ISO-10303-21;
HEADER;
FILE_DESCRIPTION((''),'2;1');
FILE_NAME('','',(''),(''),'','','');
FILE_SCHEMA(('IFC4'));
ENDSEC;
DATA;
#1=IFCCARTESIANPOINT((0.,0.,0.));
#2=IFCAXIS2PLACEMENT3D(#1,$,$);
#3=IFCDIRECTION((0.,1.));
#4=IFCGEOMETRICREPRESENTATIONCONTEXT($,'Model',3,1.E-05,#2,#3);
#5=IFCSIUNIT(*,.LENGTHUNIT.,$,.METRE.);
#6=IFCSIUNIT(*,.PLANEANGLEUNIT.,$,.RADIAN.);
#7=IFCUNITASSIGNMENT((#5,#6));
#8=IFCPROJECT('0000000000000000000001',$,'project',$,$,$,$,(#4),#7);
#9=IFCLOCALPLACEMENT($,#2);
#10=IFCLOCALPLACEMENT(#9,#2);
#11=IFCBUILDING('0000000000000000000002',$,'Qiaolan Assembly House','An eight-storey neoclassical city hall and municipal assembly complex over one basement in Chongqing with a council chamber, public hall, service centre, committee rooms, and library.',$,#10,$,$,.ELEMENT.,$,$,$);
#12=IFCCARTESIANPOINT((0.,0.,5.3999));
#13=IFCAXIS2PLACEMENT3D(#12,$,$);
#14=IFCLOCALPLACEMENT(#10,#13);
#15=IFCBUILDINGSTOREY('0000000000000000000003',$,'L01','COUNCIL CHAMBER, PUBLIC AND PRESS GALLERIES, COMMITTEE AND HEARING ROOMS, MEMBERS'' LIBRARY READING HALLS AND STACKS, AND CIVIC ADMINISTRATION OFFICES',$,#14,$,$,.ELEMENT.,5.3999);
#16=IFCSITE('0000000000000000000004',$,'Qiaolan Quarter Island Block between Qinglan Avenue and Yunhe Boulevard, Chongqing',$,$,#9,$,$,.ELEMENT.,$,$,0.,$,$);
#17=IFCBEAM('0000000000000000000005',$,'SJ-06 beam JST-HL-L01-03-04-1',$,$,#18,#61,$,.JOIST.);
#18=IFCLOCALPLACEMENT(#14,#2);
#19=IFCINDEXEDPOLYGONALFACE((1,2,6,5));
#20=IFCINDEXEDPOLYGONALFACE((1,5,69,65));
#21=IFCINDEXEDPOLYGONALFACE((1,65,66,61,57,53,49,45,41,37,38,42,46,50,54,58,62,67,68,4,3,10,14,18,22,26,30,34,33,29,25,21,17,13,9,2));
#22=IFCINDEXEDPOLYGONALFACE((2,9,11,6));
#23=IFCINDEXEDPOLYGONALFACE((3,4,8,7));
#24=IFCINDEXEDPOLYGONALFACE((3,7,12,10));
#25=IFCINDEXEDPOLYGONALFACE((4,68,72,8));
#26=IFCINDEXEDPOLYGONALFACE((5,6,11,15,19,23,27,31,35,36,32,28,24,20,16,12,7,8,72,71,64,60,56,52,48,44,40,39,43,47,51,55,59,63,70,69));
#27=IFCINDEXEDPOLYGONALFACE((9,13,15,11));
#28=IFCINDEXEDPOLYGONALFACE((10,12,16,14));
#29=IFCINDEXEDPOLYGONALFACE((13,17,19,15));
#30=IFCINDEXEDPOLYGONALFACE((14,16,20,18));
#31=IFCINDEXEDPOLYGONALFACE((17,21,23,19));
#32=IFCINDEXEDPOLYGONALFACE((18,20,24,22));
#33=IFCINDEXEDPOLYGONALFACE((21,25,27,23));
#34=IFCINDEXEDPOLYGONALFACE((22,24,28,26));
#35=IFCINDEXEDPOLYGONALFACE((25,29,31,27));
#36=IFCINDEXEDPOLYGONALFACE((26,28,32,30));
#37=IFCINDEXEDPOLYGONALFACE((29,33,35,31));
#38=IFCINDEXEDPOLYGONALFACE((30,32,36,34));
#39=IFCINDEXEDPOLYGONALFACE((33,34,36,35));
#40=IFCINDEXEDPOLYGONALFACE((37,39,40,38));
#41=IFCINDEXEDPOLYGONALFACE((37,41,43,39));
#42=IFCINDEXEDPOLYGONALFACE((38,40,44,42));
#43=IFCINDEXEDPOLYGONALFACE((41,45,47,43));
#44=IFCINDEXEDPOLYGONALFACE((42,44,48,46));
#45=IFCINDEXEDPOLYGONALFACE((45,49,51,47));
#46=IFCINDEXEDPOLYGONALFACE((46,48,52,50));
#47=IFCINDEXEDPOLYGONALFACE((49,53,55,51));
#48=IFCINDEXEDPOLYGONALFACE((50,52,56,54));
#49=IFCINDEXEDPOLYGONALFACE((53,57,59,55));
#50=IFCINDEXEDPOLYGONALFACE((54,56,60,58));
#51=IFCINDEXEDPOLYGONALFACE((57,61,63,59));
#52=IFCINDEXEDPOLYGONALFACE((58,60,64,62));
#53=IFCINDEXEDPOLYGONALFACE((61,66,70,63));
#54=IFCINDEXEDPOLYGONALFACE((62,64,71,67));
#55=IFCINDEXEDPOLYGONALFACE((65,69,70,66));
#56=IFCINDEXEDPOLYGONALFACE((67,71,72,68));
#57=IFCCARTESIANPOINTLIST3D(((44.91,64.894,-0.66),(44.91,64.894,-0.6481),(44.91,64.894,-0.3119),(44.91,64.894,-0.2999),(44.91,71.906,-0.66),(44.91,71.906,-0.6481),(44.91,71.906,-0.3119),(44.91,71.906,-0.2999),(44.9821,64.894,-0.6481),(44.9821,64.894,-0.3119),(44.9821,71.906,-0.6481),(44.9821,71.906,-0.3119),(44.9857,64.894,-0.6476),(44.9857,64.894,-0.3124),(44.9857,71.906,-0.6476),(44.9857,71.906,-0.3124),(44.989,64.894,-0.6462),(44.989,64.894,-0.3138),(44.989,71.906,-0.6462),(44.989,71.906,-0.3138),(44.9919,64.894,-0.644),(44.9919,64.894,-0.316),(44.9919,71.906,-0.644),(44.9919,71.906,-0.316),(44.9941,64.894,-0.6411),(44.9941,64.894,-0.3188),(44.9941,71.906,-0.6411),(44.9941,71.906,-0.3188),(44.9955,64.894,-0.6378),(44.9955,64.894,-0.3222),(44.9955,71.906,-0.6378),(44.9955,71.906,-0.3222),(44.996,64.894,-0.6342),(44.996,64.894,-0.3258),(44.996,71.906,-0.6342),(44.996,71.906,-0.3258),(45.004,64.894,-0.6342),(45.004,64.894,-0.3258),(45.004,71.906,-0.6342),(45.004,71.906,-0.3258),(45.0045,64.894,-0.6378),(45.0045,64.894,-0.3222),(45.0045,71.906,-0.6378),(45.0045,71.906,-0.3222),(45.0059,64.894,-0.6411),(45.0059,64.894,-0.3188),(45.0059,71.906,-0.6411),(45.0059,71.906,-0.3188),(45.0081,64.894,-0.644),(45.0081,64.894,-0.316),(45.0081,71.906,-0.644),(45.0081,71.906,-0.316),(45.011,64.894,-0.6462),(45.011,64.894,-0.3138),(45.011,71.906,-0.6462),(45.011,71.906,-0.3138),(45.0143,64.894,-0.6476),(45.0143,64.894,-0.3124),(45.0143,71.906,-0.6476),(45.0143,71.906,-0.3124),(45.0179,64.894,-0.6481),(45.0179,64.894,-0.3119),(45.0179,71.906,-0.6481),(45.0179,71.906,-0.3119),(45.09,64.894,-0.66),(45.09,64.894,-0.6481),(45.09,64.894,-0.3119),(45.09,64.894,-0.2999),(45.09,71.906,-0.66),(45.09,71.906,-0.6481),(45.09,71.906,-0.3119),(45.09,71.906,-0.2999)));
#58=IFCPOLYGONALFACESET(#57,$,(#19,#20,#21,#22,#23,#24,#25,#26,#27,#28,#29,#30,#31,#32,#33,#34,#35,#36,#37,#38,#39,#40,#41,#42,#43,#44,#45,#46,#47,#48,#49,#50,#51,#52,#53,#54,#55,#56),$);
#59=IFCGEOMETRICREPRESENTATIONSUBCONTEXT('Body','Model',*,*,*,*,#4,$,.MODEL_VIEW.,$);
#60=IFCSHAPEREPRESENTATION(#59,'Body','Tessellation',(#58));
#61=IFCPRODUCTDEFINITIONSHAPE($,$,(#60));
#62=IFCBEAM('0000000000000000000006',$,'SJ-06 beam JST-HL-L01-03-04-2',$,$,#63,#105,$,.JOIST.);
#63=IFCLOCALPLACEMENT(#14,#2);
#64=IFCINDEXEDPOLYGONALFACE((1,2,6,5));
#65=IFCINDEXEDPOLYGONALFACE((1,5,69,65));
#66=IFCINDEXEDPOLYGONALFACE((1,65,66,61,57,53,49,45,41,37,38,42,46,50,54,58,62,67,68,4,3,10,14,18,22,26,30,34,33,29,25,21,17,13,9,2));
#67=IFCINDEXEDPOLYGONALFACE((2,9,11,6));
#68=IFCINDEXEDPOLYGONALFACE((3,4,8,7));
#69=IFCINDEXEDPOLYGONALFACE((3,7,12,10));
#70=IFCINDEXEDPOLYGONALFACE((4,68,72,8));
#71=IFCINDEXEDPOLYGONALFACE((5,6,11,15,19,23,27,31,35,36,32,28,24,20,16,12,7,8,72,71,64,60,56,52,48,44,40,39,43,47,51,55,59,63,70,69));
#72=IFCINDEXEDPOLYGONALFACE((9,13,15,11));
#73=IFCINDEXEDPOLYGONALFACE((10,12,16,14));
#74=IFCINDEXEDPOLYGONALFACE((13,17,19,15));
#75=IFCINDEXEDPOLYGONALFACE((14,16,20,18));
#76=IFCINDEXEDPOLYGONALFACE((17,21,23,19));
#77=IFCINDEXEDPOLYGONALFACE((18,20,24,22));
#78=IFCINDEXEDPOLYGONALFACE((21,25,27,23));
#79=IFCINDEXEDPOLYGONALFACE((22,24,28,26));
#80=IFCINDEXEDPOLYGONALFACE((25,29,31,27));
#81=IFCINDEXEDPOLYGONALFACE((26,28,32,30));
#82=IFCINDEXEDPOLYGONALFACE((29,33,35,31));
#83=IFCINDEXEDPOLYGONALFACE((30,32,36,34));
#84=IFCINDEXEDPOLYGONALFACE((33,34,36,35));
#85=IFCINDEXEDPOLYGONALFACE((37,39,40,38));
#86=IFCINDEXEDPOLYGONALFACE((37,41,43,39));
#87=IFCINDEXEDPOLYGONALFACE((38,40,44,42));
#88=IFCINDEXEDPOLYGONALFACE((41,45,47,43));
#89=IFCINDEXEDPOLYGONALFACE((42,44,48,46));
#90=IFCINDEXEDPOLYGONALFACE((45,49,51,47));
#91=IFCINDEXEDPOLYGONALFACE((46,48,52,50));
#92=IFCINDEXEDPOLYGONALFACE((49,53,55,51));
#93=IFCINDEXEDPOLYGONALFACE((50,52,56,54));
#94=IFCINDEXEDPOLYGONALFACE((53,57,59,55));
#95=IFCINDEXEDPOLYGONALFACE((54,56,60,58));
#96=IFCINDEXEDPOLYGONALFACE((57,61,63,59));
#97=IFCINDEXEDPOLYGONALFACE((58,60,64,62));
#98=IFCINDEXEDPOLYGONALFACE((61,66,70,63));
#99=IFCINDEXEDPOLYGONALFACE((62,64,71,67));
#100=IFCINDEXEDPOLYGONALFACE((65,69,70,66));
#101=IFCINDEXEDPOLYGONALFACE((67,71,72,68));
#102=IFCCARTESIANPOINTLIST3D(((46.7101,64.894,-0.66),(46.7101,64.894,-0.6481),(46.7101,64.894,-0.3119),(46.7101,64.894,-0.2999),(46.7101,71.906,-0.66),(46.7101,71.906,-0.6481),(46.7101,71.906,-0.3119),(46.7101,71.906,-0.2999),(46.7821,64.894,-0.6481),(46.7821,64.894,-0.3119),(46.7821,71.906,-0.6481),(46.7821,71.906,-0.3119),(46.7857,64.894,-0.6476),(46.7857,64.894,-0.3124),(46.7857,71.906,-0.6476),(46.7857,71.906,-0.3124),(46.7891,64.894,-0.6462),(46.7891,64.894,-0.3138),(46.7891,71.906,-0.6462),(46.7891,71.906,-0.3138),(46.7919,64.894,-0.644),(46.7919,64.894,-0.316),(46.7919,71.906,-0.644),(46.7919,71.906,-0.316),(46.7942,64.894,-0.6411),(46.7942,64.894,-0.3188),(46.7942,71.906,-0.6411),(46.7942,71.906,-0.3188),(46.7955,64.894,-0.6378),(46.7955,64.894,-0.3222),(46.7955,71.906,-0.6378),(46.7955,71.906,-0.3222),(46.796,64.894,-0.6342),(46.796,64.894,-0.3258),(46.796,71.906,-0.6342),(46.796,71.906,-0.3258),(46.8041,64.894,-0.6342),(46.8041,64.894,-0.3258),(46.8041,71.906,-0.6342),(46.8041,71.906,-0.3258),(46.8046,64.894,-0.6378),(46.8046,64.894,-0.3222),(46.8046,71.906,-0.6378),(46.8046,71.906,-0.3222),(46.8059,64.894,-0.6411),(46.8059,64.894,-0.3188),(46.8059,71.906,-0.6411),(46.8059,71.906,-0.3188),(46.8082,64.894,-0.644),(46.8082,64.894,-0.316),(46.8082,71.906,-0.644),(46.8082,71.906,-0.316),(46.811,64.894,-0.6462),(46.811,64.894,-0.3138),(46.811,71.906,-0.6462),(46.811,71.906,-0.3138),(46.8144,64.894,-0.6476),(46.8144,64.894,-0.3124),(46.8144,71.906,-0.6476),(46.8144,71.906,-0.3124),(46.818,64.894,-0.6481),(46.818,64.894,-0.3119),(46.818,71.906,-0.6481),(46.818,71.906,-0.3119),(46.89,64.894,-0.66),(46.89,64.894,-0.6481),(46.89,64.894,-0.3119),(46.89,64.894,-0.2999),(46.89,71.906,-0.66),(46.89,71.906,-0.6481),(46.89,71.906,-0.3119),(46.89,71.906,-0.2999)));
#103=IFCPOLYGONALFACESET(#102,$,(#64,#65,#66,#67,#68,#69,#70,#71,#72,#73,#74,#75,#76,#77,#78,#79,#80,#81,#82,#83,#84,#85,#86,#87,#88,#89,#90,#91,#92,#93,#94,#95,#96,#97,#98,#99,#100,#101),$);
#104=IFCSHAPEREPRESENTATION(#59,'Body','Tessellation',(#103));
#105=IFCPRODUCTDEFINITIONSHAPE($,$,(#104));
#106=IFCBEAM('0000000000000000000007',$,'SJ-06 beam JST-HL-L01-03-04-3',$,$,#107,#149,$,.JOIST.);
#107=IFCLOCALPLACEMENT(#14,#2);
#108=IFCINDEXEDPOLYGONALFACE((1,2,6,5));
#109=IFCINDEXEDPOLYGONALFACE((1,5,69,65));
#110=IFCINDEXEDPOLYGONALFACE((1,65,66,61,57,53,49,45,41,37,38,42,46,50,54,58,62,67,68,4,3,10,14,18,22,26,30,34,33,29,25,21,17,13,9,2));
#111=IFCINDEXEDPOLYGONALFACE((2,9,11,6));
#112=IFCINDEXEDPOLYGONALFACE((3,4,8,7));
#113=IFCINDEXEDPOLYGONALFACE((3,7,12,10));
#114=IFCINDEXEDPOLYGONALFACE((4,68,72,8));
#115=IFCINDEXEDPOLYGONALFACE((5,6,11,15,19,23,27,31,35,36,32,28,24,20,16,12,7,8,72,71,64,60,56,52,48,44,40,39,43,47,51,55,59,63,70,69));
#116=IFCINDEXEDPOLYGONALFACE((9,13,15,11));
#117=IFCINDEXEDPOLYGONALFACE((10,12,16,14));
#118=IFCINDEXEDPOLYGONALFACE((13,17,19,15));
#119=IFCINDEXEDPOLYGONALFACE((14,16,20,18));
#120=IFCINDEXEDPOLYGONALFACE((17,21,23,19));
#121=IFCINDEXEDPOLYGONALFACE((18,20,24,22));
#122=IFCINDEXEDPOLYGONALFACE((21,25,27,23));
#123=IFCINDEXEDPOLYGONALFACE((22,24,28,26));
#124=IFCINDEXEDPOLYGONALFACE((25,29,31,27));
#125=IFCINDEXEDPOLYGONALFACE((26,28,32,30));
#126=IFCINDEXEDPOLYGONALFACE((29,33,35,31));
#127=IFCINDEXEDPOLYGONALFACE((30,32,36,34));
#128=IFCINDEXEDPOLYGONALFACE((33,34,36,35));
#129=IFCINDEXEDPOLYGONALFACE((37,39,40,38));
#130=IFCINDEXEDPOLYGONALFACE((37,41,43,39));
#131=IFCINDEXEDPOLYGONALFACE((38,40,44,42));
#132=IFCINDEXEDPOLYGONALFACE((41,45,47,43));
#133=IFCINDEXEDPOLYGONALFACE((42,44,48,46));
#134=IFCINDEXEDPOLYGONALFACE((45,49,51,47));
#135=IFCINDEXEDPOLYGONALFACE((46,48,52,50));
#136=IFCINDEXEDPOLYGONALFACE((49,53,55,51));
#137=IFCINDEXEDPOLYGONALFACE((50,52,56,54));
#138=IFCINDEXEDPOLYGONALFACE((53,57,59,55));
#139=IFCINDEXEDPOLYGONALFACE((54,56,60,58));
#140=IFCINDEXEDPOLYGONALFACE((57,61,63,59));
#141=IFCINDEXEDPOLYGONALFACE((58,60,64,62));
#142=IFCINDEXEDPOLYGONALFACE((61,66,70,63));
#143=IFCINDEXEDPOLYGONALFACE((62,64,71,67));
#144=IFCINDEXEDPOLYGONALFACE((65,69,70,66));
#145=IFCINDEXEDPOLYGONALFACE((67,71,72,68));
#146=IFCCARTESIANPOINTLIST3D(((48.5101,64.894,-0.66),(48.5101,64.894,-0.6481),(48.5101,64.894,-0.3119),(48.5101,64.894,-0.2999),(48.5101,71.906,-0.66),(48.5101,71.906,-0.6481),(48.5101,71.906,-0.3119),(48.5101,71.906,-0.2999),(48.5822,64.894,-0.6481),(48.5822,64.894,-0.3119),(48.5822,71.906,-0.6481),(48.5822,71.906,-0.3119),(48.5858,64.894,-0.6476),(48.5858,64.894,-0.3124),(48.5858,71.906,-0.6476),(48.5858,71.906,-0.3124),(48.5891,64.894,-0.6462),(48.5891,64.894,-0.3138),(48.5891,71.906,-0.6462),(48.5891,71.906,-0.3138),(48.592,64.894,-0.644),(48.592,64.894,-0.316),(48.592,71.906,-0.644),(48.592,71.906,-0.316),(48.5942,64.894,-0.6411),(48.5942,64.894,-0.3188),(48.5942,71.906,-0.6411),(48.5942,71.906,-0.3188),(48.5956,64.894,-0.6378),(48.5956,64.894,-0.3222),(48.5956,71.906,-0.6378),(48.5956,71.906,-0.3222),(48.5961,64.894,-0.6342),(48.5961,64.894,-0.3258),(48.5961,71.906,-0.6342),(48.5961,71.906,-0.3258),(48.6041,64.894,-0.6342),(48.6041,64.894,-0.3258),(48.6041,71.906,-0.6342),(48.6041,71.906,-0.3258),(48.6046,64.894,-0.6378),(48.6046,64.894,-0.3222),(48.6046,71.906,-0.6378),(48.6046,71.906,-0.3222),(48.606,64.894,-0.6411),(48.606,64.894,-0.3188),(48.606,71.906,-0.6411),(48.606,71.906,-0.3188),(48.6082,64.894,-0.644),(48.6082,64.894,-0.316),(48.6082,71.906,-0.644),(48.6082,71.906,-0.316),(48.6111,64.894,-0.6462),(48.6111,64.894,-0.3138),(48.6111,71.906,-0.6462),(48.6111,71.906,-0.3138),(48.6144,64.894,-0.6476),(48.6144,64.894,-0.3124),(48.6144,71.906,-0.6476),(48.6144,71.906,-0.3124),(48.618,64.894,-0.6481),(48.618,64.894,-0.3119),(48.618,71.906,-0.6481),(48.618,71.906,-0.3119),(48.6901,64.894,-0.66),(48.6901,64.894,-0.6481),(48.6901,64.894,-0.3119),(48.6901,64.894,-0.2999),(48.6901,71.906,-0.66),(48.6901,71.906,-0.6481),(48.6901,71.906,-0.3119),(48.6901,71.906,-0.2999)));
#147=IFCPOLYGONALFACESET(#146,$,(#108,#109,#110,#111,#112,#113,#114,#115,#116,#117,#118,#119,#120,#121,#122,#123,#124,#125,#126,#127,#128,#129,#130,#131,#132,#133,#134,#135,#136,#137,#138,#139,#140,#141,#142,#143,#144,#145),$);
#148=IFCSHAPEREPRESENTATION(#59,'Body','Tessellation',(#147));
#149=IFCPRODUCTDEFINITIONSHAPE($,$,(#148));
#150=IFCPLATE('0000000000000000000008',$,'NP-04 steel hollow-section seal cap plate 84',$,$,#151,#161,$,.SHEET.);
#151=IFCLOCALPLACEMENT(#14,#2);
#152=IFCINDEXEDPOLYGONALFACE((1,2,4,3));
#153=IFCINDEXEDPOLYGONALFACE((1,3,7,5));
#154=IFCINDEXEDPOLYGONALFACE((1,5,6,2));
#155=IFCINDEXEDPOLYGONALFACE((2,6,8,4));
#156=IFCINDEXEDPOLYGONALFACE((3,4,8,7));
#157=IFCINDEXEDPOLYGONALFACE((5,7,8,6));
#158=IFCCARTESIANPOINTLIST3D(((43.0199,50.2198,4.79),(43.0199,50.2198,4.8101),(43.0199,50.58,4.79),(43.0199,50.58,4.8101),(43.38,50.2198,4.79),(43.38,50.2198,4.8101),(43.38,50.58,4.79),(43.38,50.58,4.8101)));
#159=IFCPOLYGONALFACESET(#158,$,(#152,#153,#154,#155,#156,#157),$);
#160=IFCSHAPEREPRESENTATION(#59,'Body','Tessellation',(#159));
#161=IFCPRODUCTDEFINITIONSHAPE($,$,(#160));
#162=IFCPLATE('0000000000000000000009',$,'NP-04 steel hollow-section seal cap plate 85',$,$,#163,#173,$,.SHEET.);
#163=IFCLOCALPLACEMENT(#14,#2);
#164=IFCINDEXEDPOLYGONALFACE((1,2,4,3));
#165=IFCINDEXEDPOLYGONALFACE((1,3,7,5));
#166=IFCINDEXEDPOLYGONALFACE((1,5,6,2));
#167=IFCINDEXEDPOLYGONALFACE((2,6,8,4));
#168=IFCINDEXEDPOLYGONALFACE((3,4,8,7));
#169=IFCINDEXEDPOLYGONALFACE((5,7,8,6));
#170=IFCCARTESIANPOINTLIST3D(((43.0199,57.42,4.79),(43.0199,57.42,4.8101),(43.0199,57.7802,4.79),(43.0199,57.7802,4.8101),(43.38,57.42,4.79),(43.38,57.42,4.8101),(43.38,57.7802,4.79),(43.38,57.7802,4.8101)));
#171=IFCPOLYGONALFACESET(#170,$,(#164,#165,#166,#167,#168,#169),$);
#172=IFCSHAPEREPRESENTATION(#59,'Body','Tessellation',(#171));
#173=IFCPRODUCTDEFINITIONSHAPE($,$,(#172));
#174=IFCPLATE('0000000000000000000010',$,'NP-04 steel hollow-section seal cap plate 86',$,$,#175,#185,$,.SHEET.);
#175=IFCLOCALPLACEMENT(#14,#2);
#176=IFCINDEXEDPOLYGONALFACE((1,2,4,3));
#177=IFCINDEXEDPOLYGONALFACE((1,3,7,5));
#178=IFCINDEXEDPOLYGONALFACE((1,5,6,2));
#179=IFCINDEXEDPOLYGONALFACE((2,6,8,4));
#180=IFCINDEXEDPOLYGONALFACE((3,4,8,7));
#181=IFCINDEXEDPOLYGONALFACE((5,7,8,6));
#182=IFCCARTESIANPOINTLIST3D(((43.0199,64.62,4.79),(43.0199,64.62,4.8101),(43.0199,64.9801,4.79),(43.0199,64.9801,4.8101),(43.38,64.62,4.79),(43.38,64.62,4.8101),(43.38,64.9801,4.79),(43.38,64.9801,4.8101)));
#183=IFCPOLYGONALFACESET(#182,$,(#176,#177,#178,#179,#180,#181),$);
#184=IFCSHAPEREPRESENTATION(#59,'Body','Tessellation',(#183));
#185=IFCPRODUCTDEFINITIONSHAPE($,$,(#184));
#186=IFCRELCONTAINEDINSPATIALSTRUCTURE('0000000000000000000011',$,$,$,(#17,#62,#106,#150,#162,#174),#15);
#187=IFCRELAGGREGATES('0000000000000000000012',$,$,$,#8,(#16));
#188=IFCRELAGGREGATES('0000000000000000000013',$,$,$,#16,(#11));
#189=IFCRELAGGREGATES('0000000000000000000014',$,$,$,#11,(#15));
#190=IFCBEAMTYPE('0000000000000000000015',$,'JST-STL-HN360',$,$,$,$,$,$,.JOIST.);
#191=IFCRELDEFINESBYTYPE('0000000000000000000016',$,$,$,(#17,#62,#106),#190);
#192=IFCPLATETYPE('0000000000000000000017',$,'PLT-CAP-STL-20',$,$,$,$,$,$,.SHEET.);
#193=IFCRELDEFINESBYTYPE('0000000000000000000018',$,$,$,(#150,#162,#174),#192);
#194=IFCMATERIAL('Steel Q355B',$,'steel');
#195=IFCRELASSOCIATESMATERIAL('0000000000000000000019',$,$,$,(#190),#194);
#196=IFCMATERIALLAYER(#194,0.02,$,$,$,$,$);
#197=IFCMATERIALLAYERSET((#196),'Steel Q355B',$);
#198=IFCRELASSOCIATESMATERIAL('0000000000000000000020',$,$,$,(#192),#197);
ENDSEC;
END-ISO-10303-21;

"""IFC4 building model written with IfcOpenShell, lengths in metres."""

from ifc_helpers import new_model, si_unit, direction, frame, origin, origin_2d, place, context, subcontext, project, spatial, rectangle, i_section, extrude, material, layer, layer_set, material_profile, profile_set, type_object, element, save


model = new_model("IFC4")

# Units and contexts
model_context = context("Model", 3, precision=1e-05, world=origin(), true_north=direction((0.0, 1.0)))
body_context = subcontext(model_context, "Body", "Model", "MODEL_VIEW")
ifc_project = project(units=[si_unit("LENGTHUNIT", "METRE"), si_unit("PLANEANGLEUNIT", "RADIAN")], contexts=[model_context])

# Site, building, storey
site_placement = place(None, origin())
site = spatial("IfcSite", under=ifc_project, at=site_placement, Name="Qiaolan Quarter Island Block between Qinglan Avenue and Yunhe Boulevard, Chongqing", CompositionType="ELEMENT", RefElevation=0.0)
building_placement = place(site_placement, origin())
building = spatial("IfcBuilding", under=site, at=building_placement, Name="Qiaolan Assembly House", Description="An eight-storey neoclassical city hall and municipal assembly complex over one basement in Chongqing with a council chamber, public hall, service centre, committee rooms, and library.", CompositionType="ELEMENT")
storey_placement = place(building_placement, frame((0.0, 0.0, 5.3999)))
storey = spatial("IfcBuildingStorey", under=building, at=storey_placement, Name="L01", Description="COUNCIL CHAMBER, PUBLIC AND PRESS GALLERIES, COMMITTEE AND HEARING ROOMS, MEMBERS' LIBRARY READING HALLS AND STACKS, AND CIVIC ADMINISTRATION OFFICES", CompositionType="ELEMENT", Elevation=5.3999)

# Shared definitions
ifc_material_1 = material(Name="Steel Q355B", Category="steel")

# Beams
ifc_material_profile_1 = material_profile(ifc_material_1, i_section(OverallWidth=0.1799, OverallDepth=0.3601, WebThickness=0.0081, FlangeThickness=0.012, FilletRadius=0.0139, at=origin_2d()), Name="HN 360x180x8x12")
ifc_profile_set_1 = profile_set([ifc_material_profile_1], Name="Steel Q355B")
beam_type_1 = type_object("IfcBeamType", Name="JST-STL-HN360", PredefinedType="JOIST", material=ifc_profile_set_1)
for number, where, z_axis, x_axis, name in (
    (1, (45.0, 64.894, -0.48), (0.0, 1.0, 0.0), (-1.0, 0.0, 0.0), "SJ-06 beam JST-HL-L01-03-04-1"),
    (2, (46.8, 64.894, -0.48), (0.0, 1.0, 0.0), (-1.0, 0.0, 0.0), "SJ-06 beam JST-HL-L01-03-04-2"),
    (3, (48.6001, 64.894, -0.48), (0.0, 1.0, 0.0), (-1.0, 0.0, 0.0), "SJ-06 beam JST-HL-L01-03-04-3"),
):
    element("IfcBeam", number, at=place(storey_placement, frame(where, z_axis=z_axis, x_axis=x_axis)), inside=storey, type_object=beam_type_1, Name=name, PredefinedType="JOIST", context=body_context, shape_type="SweptSolid", body=[
        extrude(i_section(OverallWidth=0.1799, OverallDepth=0.3601, WebThickness=0.0081, FlangeThickness=0.012, FilletRadius=0.0139, at=origin_2d()), origin(), (0.0, 0.0, 1.0), 7.012),
    ])

# Plates
ifc_layer = layer(ifc_material_1, 0.02)
ifc_layer_set = layer_set([ifc_layer], Name="Steel Q355B")
plate_type = type_object("IfcPlateType", Name="PLT-CAP-STL-20", PredefinedType="SHEET", material=ifc_layer_set)
for number, where, z_axis, x_axis, name in (
    (4, (43.2, 50.3999, 4.79), (0.0, 0.0, 1.0), (1.0, 0.0, 0.0), "NP-04 steel hollow-section seal cap plate 84"),
    (5, (43.2, 57.6001, 4.79), (0.0, 0.0, 1.0), (1.0, 0.0, 0.0), "NP-04 steel hollow-section seal cap plate 85"),
    (6, (43.2, 64.8, 4.79), (0.0, 0.0, 1.0), (1.0, 0.0, 0.0), "NP-04 steel hollow-section seal cap plate 86"),
):
    element("IfcPlate", number, at=place(storey_placement, frame(where, z_axis=z_axis, x_axis=x_axis)), inside=storey, type_object=plate_type, Name=name, PredefinedType="SHEET", context=body_context, shape_type="SweptSolid", body=[
        extrude(rectangle(XDim=0.3601, YDim=0.3601, at=origin_2d()), origin(), (0.0, 0.0, 1.0), 0.02),
    ])

save(model, "model.ifc")
